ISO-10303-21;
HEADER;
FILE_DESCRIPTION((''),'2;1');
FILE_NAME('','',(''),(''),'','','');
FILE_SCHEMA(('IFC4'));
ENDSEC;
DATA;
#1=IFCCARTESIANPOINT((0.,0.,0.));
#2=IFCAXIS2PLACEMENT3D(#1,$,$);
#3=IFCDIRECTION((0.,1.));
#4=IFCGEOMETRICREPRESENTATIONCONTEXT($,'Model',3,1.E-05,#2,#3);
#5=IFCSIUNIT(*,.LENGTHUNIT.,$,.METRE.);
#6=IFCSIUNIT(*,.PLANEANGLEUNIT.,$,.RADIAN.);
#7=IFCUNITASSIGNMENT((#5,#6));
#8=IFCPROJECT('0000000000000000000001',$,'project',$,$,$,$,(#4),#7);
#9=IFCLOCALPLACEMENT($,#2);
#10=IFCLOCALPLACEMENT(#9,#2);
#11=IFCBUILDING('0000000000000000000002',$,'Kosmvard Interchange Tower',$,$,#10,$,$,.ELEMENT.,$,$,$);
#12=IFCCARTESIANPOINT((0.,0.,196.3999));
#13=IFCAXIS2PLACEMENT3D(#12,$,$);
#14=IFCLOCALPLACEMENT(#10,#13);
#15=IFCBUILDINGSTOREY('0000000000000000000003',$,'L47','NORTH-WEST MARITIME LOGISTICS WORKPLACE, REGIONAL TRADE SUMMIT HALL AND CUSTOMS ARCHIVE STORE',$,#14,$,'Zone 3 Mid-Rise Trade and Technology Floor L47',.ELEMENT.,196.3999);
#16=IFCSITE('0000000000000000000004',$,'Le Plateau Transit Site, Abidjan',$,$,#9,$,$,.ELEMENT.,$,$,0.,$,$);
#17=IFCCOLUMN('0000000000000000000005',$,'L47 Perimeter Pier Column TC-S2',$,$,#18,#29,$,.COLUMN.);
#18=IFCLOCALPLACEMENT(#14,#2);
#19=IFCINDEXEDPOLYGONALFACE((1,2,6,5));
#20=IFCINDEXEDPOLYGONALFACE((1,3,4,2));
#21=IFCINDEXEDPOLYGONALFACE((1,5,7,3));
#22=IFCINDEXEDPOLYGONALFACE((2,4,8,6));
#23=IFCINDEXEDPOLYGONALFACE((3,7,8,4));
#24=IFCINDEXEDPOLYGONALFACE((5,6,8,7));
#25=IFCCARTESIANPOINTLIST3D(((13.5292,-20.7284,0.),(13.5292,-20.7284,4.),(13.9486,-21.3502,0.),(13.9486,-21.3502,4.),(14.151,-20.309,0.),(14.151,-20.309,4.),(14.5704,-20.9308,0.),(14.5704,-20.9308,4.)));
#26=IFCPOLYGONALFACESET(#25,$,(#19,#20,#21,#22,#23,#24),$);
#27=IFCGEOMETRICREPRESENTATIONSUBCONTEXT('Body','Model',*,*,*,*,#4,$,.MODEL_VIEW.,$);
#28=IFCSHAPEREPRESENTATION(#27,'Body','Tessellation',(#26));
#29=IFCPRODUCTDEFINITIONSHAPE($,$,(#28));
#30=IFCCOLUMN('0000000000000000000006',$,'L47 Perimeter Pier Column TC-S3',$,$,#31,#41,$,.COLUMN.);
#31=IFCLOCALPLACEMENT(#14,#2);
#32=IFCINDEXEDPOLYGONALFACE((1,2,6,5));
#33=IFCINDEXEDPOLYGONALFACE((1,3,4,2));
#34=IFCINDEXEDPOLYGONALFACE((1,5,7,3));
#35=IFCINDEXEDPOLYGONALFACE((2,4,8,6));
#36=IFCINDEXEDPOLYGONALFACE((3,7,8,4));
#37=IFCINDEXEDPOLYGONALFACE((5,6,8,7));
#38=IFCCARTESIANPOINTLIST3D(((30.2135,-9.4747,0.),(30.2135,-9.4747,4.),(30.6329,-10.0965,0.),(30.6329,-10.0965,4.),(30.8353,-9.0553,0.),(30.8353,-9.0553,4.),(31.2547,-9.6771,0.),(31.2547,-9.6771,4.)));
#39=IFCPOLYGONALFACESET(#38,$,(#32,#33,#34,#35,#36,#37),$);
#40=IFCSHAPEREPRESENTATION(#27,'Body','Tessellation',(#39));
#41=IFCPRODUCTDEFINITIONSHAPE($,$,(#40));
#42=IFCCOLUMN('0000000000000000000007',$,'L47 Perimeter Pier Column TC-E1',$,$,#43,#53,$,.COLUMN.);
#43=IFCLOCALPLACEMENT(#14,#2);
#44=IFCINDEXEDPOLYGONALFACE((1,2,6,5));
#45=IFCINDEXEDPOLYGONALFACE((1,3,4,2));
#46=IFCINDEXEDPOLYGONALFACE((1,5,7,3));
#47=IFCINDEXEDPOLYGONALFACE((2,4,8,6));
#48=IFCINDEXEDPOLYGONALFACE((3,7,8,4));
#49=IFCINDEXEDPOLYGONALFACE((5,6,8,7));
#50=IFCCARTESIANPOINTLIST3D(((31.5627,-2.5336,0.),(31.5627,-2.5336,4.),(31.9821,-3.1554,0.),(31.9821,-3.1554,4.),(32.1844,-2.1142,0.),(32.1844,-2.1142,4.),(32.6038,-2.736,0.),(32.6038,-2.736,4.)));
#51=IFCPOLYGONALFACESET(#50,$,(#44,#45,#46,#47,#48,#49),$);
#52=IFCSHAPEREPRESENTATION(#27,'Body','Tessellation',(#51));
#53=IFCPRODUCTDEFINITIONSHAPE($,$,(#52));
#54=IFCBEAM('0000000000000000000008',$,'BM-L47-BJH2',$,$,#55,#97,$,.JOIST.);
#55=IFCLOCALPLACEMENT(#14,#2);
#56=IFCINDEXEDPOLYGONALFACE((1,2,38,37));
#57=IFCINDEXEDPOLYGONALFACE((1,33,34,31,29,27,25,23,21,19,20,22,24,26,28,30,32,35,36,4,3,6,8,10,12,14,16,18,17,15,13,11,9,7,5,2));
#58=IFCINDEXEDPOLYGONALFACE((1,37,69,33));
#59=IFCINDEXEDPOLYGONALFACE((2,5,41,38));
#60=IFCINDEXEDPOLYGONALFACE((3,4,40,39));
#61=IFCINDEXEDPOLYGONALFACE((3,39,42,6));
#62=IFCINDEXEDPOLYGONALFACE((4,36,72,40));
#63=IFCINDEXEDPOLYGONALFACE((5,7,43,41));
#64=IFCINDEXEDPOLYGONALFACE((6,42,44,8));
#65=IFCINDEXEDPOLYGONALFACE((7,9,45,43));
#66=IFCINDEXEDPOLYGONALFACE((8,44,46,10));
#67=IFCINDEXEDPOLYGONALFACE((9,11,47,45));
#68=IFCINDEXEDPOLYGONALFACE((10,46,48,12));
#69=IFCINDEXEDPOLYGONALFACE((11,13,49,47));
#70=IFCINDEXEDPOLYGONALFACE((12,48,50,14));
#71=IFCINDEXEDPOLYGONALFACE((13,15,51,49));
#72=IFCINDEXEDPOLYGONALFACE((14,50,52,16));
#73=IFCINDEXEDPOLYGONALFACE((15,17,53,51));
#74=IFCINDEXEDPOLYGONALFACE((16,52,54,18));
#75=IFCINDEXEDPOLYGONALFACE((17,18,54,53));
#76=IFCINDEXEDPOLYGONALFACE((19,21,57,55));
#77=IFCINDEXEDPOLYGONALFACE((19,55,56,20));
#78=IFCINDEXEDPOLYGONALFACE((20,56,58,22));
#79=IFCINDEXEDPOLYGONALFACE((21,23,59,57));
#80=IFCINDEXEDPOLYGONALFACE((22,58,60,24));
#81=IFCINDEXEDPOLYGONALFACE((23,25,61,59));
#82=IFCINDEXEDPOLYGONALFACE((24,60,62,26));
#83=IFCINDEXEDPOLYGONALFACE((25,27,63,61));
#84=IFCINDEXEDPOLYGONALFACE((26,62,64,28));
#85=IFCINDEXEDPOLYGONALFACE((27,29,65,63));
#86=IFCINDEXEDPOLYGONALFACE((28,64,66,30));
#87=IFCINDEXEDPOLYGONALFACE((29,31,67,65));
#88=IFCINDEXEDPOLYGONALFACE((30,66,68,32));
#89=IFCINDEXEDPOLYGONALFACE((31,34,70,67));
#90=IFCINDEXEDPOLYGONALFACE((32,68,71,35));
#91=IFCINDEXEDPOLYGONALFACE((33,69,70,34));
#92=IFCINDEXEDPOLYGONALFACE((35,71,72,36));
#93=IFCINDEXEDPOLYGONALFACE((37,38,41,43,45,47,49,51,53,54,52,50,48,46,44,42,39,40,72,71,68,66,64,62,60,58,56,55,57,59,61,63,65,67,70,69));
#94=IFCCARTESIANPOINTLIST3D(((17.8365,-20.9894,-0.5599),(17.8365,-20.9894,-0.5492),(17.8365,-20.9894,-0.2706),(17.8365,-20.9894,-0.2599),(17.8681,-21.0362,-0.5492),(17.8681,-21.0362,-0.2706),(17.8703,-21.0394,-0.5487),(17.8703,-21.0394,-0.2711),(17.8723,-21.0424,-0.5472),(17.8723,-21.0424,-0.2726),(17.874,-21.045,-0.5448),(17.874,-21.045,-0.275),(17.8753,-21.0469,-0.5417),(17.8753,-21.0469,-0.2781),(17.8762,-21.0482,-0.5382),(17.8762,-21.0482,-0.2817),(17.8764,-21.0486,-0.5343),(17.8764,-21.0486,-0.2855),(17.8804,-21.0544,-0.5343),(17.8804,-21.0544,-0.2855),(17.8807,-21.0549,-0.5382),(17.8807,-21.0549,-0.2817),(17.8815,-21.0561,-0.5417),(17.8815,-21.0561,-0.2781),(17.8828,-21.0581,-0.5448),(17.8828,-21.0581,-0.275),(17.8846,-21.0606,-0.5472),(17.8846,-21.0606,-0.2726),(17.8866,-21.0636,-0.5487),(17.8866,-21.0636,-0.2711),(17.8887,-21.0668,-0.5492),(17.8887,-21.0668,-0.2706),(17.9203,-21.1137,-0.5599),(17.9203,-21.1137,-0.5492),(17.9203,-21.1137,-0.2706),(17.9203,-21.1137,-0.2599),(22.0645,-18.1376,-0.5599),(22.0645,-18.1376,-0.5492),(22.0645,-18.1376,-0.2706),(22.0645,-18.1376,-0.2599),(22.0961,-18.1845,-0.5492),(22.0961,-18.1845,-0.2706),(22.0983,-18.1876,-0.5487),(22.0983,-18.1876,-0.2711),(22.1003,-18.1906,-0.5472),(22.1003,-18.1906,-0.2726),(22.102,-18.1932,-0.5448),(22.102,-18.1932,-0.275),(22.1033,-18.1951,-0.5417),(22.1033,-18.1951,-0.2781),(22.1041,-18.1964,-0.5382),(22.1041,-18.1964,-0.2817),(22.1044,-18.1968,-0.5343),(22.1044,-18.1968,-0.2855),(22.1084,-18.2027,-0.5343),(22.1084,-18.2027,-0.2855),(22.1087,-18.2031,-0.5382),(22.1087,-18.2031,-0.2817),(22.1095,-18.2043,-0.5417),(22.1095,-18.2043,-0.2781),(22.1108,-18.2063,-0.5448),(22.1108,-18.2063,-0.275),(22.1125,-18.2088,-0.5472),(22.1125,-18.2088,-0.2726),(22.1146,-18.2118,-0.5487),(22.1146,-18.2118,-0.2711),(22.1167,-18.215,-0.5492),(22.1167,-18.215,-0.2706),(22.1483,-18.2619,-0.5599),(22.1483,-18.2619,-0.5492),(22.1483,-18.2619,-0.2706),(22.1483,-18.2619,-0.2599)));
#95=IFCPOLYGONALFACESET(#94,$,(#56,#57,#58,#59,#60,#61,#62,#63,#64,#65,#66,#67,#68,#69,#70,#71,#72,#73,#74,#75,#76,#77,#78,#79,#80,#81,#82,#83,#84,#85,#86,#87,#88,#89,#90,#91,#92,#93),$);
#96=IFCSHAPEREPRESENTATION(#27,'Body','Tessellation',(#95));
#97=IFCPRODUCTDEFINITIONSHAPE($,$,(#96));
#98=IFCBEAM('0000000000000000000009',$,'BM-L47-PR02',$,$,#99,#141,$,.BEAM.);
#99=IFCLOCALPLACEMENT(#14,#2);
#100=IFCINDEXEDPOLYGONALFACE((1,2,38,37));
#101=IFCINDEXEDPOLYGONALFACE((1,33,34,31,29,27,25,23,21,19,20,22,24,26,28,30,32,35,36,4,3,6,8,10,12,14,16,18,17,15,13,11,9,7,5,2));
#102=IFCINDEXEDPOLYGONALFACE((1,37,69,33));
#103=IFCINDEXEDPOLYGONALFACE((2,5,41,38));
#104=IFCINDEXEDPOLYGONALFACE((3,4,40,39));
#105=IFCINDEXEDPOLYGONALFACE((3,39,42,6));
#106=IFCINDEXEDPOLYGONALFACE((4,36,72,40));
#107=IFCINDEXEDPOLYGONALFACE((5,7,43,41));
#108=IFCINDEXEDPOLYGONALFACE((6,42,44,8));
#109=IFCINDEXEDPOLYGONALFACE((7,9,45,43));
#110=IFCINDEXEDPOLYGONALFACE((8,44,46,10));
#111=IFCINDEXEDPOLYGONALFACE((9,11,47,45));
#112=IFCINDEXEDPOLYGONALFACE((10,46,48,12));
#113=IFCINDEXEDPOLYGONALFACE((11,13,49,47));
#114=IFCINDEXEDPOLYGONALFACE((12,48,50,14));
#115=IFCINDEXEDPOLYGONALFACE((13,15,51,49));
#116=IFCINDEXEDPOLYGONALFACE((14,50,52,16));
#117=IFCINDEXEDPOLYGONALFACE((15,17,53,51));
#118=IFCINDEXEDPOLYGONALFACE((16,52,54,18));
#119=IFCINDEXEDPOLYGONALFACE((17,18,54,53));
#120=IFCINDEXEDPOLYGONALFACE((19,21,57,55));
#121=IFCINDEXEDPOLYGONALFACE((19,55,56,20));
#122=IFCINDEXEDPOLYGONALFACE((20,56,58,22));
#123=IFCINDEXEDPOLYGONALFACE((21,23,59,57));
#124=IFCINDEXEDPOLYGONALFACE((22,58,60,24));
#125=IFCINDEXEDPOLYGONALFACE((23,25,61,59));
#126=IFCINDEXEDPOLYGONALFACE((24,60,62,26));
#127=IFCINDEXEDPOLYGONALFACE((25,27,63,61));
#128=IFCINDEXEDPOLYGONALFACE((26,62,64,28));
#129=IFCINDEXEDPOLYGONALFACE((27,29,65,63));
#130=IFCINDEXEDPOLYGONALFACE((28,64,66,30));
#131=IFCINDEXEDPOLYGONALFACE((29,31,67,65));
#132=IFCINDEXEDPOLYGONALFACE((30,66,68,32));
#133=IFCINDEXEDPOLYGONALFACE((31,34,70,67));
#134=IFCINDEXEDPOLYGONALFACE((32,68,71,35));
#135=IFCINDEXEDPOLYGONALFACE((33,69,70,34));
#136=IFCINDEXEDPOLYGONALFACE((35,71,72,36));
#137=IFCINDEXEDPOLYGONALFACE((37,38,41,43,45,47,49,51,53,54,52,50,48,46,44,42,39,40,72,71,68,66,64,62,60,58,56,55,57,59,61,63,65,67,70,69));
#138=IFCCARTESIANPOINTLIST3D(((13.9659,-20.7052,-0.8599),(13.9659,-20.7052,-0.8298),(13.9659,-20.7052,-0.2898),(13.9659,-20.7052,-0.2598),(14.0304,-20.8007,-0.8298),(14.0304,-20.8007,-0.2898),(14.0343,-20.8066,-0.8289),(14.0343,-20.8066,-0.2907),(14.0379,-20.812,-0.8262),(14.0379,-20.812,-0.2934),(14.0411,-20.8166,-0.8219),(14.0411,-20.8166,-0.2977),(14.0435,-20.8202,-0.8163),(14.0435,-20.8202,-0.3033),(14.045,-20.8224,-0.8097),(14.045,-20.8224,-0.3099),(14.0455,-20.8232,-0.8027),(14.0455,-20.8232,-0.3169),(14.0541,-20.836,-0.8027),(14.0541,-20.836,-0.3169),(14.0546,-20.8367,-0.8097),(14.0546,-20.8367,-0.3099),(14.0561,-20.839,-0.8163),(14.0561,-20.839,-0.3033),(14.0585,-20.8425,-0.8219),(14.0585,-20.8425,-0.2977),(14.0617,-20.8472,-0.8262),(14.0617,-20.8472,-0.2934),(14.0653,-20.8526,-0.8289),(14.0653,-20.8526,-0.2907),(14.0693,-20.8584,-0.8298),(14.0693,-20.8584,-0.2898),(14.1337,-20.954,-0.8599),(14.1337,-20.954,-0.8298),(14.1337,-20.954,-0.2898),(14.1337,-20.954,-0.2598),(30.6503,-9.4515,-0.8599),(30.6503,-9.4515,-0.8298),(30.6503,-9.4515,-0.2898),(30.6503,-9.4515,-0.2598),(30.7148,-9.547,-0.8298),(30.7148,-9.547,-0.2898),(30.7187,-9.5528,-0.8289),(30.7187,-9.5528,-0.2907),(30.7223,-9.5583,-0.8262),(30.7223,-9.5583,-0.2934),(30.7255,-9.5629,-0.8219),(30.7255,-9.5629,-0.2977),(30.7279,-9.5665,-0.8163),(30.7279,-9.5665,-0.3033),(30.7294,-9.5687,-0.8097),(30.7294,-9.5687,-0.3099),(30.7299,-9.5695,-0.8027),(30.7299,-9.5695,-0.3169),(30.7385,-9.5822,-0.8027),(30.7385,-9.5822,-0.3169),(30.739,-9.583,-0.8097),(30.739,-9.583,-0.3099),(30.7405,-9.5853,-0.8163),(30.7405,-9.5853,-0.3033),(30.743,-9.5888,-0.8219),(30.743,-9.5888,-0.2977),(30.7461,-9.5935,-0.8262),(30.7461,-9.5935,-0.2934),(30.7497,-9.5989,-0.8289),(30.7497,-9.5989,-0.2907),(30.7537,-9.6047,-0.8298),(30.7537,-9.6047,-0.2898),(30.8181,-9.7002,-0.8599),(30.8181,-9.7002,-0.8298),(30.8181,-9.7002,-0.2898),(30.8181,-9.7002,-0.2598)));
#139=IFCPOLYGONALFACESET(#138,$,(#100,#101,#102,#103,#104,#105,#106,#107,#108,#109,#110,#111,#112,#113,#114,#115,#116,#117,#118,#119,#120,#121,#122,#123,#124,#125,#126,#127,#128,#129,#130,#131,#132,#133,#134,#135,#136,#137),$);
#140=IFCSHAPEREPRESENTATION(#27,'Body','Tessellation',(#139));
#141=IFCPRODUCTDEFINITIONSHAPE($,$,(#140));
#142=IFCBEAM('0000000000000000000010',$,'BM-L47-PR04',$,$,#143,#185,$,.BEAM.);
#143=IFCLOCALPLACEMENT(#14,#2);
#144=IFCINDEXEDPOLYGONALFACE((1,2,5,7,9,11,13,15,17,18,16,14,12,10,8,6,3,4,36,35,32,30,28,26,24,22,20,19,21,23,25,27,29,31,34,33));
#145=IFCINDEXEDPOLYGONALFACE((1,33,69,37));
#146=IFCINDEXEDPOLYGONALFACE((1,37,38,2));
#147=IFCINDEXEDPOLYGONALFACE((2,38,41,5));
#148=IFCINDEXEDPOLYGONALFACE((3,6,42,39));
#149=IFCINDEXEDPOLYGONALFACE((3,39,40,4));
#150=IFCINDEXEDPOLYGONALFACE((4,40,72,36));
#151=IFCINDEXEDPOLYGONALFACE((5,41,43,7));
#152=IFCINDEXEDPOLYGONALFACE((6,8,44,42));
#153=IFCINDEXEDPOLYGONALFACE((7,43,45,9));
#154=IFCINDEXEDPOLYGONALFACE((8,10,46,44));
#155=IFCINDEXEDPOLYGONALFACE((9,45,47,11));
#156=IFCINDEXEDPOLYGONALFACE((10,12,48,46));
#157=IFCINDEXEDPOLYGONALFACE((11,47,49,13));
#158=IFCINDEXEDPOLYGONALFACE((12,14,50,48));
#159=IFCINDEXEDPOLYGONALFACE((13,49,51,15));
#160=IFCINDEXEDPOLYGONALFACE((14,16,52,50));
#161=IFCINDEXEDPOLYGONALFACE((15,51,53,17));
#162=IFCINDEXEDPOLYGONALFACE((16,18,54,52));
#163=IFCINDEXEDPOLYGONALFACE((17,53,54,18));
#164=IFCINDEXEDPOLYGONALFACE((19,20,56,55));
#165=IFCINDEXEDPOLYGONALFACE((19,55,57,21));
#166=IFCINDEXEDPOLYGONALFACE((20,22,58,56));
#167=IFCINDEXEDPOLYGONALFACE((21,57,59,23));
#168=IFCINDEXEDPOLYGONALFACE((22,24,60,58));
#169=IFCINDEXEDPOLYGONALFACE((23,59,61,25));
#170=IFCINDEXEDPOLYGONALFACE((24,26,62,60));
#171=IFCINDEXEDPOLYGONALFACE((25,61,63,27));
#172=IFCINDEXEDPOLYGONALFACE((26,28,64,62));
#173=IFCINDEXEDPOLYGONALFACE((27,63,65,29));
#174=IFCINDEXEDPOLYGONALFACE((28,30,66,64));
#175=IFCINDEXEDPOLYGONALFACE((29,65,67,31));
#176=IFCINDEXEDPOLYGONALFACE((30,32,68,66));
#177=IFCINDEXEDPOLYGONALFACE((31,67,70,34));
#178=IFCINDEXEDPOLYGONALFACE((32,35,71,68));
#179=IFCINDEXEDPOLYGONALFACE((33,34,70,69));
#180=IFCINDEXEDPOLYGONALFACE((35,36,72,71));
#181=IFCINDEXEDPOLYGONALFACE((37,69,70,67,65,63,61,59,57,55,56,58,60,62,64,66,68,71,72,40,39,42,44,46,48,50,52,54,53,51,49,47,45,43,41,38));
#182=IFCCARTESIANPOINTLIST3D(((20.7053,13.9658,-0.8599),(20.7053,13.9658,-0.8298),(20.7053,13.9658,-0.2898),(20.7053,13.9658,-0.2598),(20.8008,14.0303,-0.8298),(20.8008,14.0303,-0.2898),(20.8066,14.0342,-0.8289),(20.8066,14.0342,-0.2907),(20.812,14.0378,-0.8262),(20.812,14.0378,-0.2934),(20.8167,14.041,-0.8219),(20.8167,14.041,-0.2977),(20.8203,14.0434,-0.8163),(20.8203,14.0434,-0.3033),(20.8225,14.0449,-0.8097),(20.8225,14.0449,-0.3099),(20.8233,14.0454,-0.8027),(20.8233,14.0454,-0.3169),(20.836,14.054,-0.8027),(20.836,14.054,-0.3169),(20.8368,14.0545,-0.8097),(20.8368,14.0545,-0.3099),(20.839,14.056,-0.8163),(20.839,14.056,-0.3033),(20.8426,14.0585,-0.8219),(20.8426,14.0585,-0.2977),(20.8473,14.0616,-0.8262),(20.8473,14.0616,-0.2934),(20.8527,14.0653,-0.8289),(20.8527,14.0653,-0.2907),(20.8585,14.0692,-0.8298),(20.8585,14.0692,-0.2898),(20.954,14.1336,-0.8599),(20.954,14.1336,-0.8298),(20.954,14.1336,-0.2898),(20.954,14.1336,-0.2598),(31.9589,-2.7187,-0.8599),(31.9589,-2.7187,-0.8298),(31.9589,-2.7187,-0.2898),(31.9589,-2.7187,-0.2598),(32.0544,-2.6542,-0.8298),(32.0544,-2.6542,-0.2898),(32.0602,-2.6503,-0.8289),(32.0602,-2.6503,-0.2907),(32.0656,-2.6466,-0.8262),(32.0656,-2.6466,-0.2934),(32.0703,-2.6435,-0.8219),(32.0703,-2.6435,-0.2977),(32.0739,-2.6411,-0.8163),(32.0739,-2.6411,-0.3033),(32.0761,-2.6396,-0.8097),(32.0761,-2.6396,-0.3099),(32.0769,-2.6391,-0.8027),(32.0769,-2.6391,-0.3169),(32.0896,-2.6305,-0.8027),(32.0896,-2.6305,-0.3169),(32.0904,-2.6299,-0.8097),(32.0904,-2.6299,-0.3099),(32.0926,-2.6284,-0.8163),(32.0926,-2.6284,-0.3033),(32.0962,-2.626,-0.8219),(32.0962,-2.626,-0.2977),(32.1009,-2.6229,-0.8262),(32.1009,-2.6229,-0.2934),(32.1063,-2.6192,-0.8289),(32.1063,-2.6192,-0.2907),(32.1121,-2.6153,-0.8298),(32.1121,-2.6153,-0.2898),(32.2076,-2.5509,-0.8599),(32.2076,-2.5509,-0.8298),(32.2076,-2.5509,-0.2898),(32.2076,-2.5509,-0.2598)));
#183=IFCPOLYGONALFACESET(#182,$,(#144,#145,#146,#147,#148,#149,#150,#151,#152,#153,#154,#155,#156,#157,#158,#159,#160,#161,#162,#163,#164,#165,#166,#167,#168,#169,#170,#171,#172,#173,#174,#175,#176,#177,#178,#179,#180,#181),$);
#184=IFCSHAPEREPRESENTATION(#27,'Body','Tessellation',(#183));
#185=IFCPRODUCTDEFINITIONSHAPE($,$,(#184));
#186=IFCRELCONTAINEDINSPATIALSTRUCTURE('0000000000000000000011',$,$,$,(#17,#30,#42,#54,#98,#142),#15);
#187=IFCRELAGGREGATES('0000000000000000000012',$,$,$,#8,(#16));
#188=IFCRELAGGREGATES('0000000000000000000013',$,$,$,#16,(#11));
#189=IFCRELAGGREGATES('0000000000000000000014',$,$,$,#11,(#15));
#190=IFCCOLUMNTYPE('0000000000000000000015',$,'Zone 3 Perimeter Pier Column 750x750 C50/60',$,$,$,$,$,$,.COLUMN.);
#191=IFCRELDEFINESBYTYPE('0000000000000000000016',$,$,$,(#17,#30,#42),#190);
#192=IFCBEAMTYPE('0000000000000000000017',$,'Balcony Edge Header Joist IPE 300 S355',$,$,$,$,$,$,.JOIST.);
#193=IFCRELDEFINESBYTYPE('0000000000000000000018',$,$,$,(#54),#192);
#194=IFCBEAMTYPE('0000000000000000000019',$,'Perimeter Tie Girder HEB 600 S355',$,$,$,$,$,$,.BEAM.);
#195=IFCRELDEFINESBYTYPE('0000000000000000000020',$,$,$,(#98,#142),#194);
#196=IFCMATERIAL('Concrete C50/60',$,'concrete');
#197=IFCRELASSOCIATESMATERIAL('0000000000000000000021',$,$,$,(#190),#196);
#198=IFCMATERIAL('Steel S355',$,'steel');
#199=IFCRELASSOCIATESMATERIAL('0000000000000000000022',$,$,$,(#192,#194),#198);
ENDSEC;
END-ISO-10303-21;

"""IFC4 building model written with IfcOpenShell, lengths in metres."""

from ifc_helpers import new_model, si_unit, direction, frame, origin, origin_2d, place, context, subcontext, project, spatial, rectangle, i_section, extrude, source, transform, mapped, material, material_profile, profile_set, type_object, element, save


model = new_model("IFC4")

# Units and contexts
model_context = context("Model", 3, precision=1e-05, world=origin(), true_north=direction((0.0, 1.0)))
body_context = subcontext(model_context, "Body", "Model", "MODEL_VIEW")
ifc_project = project(units=[si_unit("LENGTHUNIT", "METRE"), si_unit("PLANEANGLEUNIT", "RADIAN")], contexts=[model_context])

# Site, building, storey
site_placement = place(None, origin())
site = spatial("IfcSite", under=ifc_project, at=site_placement, Name="Le Plateau Transit Site, Abidjan", CompositionType="ELEMENT", RefElevation=0.0)
building_placement = place(site_placement, origin())
building = spatial("IfcBuilding", under=site, at=building_placement, Name="Kosmvard Interchange Tower", CompositionType="ELEMENT")
storey_placement = place(building_placement, frame((0.0, 0.0, 196.3999)))
storey = spatial("IfcBuildingStorey", under=building, at=storey_placement, Name="L47", Description="NORTH-WEST MARITIME LOGISTICS WORKPLACE, REGIONAL TRADE SUMMIT HALL AND CUSTOMS ARCHIVE STORE", LongName="Zone 3 Mid-Rise Trade and Technology Floor L47", CompositionType="ELEMENT", Elevation=196.3999)

# Columns
ifc_material_1 = material(Name="Concrete C50/60", Category="concrete")
ifc_material_profile_1 = material_profile(ifc_material_1, rectangle(XDim=0.75, YDim=0.75, at=origin_2d()), Name="TC 750x750")
ifc_profile_set_1 = profile_set([ifc_material_profile_1], Name="Concrete C50/60")
column_type = type_object("IfcColumnType", Name="Zone 3 Perimeter Pier Column 750x750 C50/60", PredefinedType="COLUMN", material=ifc_profile_set_1)
shared_shape_1 = source(origin(), body_context, "Body", "SweptSolid", [
    extrude(rectangle(XDim=0.75, YDim=0.75, at=origin_2d()), origin(), (0.0, 0.0, 1.0), 4.0),
])
for number, where, z_axis, x_axis, name in (
    (1, (14.0498, -20.8296, 0.0), (0.0, 0.0, 1.0), (0.829038, 0.559193, 0.0), "L47 Perimeter Pier Column TC-S2"),
    (2, (30.7341, -9.5759, 0.0), (0.0, 0.0, 1.0), (0.829038, 0.559193, 0.0), "L47 Perimeter Pier Column TC-S3"),
    (3, (32.0833, -2.6348, 0.0), (0.0, 0.0, 1.0), (0.829038, 0.559193, 0.0), "L47 Perimeter Pier Column TC-E1"),
):
    element("IfcColumn", number, at=place(storey_placement, frame(where, z_axis=z_axis, x_axis=x_axis)), inside=storey, type_object=column_type, Name=name, PredefinedType="COLUMN", context=body_context, shape_type="MappedRepresentation", body=[
        mapped(shared_shape_1, transform((0.0, 0.0, 0.0), scale=1.0)),
    ])

# Beams
ifc_material_2 = material(Name="Steel S355", Category="steel")
ifc_material_profile_2 = material_profile(ifc_material_2, i_section(OverallWidth=0.1499, OverallDepth=0.3, WebThickness=0.0071, FlangeThickness=0.0107, FilletRadius=0.0149, at=origin_2d()), Name="IPE 300")
ifc_profile_set_2 = profile_set([ifc_material_profile_2], Name="Steel S355")
beam_type_1 = type_object("IfcBeamType", Name="Balcony Edge Header Joist IPE 300 S355", PredefinedType="JOIST", material=ifc_profile_set_2)
shared_shape_2 = source(origin(), body_context, "Body", "SweptSolid", [
    extrude(i_section(OverallWidth=0.1499, OverallDepth=0.3, WebThickness=0.0071, FlangeThickness=0.0107, FilletRadius=0.0149, at=origin_2d()), origin(), (0.0, 0.0, 1.0), 5.0999),
])
beam_1_placement = place(storey_placement, frame((17.8784, -21.0515, -0.4099), z_axis=(0.829041, 0.559188, 0.0), x_axis=(-0.559188, 0.829041, 0.0)))
element("IfcBeam", 4, at=beam_1_placement, inside=storey, type_object=beam_type_1, Name="BM-L47-BJH2", PredefinedType="JOIST", context=body_context, shape_type="MappedRepresentation", body=[
    mapped(shared_shape_2, transform((0.0, 0.0, 0.0), scale=1.0)),
])
ifc_material_profile_3 = material_profile(ifc_material_2, i_section(OverallWidth=0.3, OverallDepth=0.6001, WebThickness=0.0154, FlangeThickness=0.03, FilletRadius=0.0271, at=origin_2d()), Name="HEB 600")
ifc_profile_set_3 = profile_set([ifc_material_profile_3], Name="Steel S355")
beam_type_2 = type_object("IfcBeamType", Name="Perimeter Tie Girder HEB 600 S355", PredefinedType="BEAM", material=ifc_profile_set_3)
shared_shape_3 = source(origin(), body_context, "Body", "SweptSolid", [
    extrude(i_section(OverallWidth=0.3, OverallDepth=0.6001, WebThickness=0.0154, FlangeThickness=0.03, FilletRadius=0.0271, at=origin_2d()), origin(), (0.0, 0.0, 1.0), 20.125),
])
for number, where, z_axis, x_axis, name in (
    (5, (14.0498, -20.8296, -0.5598), (0.829039, 0.559191, 0.0), (-0.559191, 0.829039, 0.0), "BM-L47-PR02"),
    (6, (32.0833, -2.6348, -0.5598), (-0.559185, 0.829043, 0.0), (-0.829043, -0.559185, 0.0), "BM-L47-PR04"),
):
    element("IfcBeam", number, at=place(storey_placement, frame(where, z_axis=z_axis, x_axis=x_axis)), inside=storey, type_object=beam_type_2, Name=name, PredefinedType="BEAM", context=body_context, shape_type="MappedRepresentation", body=[
        mapped(shared_shape_3, transform((0.0, 0.0, 0.0), scale=1.0)),
    ])

save(model, "model.ifc")
